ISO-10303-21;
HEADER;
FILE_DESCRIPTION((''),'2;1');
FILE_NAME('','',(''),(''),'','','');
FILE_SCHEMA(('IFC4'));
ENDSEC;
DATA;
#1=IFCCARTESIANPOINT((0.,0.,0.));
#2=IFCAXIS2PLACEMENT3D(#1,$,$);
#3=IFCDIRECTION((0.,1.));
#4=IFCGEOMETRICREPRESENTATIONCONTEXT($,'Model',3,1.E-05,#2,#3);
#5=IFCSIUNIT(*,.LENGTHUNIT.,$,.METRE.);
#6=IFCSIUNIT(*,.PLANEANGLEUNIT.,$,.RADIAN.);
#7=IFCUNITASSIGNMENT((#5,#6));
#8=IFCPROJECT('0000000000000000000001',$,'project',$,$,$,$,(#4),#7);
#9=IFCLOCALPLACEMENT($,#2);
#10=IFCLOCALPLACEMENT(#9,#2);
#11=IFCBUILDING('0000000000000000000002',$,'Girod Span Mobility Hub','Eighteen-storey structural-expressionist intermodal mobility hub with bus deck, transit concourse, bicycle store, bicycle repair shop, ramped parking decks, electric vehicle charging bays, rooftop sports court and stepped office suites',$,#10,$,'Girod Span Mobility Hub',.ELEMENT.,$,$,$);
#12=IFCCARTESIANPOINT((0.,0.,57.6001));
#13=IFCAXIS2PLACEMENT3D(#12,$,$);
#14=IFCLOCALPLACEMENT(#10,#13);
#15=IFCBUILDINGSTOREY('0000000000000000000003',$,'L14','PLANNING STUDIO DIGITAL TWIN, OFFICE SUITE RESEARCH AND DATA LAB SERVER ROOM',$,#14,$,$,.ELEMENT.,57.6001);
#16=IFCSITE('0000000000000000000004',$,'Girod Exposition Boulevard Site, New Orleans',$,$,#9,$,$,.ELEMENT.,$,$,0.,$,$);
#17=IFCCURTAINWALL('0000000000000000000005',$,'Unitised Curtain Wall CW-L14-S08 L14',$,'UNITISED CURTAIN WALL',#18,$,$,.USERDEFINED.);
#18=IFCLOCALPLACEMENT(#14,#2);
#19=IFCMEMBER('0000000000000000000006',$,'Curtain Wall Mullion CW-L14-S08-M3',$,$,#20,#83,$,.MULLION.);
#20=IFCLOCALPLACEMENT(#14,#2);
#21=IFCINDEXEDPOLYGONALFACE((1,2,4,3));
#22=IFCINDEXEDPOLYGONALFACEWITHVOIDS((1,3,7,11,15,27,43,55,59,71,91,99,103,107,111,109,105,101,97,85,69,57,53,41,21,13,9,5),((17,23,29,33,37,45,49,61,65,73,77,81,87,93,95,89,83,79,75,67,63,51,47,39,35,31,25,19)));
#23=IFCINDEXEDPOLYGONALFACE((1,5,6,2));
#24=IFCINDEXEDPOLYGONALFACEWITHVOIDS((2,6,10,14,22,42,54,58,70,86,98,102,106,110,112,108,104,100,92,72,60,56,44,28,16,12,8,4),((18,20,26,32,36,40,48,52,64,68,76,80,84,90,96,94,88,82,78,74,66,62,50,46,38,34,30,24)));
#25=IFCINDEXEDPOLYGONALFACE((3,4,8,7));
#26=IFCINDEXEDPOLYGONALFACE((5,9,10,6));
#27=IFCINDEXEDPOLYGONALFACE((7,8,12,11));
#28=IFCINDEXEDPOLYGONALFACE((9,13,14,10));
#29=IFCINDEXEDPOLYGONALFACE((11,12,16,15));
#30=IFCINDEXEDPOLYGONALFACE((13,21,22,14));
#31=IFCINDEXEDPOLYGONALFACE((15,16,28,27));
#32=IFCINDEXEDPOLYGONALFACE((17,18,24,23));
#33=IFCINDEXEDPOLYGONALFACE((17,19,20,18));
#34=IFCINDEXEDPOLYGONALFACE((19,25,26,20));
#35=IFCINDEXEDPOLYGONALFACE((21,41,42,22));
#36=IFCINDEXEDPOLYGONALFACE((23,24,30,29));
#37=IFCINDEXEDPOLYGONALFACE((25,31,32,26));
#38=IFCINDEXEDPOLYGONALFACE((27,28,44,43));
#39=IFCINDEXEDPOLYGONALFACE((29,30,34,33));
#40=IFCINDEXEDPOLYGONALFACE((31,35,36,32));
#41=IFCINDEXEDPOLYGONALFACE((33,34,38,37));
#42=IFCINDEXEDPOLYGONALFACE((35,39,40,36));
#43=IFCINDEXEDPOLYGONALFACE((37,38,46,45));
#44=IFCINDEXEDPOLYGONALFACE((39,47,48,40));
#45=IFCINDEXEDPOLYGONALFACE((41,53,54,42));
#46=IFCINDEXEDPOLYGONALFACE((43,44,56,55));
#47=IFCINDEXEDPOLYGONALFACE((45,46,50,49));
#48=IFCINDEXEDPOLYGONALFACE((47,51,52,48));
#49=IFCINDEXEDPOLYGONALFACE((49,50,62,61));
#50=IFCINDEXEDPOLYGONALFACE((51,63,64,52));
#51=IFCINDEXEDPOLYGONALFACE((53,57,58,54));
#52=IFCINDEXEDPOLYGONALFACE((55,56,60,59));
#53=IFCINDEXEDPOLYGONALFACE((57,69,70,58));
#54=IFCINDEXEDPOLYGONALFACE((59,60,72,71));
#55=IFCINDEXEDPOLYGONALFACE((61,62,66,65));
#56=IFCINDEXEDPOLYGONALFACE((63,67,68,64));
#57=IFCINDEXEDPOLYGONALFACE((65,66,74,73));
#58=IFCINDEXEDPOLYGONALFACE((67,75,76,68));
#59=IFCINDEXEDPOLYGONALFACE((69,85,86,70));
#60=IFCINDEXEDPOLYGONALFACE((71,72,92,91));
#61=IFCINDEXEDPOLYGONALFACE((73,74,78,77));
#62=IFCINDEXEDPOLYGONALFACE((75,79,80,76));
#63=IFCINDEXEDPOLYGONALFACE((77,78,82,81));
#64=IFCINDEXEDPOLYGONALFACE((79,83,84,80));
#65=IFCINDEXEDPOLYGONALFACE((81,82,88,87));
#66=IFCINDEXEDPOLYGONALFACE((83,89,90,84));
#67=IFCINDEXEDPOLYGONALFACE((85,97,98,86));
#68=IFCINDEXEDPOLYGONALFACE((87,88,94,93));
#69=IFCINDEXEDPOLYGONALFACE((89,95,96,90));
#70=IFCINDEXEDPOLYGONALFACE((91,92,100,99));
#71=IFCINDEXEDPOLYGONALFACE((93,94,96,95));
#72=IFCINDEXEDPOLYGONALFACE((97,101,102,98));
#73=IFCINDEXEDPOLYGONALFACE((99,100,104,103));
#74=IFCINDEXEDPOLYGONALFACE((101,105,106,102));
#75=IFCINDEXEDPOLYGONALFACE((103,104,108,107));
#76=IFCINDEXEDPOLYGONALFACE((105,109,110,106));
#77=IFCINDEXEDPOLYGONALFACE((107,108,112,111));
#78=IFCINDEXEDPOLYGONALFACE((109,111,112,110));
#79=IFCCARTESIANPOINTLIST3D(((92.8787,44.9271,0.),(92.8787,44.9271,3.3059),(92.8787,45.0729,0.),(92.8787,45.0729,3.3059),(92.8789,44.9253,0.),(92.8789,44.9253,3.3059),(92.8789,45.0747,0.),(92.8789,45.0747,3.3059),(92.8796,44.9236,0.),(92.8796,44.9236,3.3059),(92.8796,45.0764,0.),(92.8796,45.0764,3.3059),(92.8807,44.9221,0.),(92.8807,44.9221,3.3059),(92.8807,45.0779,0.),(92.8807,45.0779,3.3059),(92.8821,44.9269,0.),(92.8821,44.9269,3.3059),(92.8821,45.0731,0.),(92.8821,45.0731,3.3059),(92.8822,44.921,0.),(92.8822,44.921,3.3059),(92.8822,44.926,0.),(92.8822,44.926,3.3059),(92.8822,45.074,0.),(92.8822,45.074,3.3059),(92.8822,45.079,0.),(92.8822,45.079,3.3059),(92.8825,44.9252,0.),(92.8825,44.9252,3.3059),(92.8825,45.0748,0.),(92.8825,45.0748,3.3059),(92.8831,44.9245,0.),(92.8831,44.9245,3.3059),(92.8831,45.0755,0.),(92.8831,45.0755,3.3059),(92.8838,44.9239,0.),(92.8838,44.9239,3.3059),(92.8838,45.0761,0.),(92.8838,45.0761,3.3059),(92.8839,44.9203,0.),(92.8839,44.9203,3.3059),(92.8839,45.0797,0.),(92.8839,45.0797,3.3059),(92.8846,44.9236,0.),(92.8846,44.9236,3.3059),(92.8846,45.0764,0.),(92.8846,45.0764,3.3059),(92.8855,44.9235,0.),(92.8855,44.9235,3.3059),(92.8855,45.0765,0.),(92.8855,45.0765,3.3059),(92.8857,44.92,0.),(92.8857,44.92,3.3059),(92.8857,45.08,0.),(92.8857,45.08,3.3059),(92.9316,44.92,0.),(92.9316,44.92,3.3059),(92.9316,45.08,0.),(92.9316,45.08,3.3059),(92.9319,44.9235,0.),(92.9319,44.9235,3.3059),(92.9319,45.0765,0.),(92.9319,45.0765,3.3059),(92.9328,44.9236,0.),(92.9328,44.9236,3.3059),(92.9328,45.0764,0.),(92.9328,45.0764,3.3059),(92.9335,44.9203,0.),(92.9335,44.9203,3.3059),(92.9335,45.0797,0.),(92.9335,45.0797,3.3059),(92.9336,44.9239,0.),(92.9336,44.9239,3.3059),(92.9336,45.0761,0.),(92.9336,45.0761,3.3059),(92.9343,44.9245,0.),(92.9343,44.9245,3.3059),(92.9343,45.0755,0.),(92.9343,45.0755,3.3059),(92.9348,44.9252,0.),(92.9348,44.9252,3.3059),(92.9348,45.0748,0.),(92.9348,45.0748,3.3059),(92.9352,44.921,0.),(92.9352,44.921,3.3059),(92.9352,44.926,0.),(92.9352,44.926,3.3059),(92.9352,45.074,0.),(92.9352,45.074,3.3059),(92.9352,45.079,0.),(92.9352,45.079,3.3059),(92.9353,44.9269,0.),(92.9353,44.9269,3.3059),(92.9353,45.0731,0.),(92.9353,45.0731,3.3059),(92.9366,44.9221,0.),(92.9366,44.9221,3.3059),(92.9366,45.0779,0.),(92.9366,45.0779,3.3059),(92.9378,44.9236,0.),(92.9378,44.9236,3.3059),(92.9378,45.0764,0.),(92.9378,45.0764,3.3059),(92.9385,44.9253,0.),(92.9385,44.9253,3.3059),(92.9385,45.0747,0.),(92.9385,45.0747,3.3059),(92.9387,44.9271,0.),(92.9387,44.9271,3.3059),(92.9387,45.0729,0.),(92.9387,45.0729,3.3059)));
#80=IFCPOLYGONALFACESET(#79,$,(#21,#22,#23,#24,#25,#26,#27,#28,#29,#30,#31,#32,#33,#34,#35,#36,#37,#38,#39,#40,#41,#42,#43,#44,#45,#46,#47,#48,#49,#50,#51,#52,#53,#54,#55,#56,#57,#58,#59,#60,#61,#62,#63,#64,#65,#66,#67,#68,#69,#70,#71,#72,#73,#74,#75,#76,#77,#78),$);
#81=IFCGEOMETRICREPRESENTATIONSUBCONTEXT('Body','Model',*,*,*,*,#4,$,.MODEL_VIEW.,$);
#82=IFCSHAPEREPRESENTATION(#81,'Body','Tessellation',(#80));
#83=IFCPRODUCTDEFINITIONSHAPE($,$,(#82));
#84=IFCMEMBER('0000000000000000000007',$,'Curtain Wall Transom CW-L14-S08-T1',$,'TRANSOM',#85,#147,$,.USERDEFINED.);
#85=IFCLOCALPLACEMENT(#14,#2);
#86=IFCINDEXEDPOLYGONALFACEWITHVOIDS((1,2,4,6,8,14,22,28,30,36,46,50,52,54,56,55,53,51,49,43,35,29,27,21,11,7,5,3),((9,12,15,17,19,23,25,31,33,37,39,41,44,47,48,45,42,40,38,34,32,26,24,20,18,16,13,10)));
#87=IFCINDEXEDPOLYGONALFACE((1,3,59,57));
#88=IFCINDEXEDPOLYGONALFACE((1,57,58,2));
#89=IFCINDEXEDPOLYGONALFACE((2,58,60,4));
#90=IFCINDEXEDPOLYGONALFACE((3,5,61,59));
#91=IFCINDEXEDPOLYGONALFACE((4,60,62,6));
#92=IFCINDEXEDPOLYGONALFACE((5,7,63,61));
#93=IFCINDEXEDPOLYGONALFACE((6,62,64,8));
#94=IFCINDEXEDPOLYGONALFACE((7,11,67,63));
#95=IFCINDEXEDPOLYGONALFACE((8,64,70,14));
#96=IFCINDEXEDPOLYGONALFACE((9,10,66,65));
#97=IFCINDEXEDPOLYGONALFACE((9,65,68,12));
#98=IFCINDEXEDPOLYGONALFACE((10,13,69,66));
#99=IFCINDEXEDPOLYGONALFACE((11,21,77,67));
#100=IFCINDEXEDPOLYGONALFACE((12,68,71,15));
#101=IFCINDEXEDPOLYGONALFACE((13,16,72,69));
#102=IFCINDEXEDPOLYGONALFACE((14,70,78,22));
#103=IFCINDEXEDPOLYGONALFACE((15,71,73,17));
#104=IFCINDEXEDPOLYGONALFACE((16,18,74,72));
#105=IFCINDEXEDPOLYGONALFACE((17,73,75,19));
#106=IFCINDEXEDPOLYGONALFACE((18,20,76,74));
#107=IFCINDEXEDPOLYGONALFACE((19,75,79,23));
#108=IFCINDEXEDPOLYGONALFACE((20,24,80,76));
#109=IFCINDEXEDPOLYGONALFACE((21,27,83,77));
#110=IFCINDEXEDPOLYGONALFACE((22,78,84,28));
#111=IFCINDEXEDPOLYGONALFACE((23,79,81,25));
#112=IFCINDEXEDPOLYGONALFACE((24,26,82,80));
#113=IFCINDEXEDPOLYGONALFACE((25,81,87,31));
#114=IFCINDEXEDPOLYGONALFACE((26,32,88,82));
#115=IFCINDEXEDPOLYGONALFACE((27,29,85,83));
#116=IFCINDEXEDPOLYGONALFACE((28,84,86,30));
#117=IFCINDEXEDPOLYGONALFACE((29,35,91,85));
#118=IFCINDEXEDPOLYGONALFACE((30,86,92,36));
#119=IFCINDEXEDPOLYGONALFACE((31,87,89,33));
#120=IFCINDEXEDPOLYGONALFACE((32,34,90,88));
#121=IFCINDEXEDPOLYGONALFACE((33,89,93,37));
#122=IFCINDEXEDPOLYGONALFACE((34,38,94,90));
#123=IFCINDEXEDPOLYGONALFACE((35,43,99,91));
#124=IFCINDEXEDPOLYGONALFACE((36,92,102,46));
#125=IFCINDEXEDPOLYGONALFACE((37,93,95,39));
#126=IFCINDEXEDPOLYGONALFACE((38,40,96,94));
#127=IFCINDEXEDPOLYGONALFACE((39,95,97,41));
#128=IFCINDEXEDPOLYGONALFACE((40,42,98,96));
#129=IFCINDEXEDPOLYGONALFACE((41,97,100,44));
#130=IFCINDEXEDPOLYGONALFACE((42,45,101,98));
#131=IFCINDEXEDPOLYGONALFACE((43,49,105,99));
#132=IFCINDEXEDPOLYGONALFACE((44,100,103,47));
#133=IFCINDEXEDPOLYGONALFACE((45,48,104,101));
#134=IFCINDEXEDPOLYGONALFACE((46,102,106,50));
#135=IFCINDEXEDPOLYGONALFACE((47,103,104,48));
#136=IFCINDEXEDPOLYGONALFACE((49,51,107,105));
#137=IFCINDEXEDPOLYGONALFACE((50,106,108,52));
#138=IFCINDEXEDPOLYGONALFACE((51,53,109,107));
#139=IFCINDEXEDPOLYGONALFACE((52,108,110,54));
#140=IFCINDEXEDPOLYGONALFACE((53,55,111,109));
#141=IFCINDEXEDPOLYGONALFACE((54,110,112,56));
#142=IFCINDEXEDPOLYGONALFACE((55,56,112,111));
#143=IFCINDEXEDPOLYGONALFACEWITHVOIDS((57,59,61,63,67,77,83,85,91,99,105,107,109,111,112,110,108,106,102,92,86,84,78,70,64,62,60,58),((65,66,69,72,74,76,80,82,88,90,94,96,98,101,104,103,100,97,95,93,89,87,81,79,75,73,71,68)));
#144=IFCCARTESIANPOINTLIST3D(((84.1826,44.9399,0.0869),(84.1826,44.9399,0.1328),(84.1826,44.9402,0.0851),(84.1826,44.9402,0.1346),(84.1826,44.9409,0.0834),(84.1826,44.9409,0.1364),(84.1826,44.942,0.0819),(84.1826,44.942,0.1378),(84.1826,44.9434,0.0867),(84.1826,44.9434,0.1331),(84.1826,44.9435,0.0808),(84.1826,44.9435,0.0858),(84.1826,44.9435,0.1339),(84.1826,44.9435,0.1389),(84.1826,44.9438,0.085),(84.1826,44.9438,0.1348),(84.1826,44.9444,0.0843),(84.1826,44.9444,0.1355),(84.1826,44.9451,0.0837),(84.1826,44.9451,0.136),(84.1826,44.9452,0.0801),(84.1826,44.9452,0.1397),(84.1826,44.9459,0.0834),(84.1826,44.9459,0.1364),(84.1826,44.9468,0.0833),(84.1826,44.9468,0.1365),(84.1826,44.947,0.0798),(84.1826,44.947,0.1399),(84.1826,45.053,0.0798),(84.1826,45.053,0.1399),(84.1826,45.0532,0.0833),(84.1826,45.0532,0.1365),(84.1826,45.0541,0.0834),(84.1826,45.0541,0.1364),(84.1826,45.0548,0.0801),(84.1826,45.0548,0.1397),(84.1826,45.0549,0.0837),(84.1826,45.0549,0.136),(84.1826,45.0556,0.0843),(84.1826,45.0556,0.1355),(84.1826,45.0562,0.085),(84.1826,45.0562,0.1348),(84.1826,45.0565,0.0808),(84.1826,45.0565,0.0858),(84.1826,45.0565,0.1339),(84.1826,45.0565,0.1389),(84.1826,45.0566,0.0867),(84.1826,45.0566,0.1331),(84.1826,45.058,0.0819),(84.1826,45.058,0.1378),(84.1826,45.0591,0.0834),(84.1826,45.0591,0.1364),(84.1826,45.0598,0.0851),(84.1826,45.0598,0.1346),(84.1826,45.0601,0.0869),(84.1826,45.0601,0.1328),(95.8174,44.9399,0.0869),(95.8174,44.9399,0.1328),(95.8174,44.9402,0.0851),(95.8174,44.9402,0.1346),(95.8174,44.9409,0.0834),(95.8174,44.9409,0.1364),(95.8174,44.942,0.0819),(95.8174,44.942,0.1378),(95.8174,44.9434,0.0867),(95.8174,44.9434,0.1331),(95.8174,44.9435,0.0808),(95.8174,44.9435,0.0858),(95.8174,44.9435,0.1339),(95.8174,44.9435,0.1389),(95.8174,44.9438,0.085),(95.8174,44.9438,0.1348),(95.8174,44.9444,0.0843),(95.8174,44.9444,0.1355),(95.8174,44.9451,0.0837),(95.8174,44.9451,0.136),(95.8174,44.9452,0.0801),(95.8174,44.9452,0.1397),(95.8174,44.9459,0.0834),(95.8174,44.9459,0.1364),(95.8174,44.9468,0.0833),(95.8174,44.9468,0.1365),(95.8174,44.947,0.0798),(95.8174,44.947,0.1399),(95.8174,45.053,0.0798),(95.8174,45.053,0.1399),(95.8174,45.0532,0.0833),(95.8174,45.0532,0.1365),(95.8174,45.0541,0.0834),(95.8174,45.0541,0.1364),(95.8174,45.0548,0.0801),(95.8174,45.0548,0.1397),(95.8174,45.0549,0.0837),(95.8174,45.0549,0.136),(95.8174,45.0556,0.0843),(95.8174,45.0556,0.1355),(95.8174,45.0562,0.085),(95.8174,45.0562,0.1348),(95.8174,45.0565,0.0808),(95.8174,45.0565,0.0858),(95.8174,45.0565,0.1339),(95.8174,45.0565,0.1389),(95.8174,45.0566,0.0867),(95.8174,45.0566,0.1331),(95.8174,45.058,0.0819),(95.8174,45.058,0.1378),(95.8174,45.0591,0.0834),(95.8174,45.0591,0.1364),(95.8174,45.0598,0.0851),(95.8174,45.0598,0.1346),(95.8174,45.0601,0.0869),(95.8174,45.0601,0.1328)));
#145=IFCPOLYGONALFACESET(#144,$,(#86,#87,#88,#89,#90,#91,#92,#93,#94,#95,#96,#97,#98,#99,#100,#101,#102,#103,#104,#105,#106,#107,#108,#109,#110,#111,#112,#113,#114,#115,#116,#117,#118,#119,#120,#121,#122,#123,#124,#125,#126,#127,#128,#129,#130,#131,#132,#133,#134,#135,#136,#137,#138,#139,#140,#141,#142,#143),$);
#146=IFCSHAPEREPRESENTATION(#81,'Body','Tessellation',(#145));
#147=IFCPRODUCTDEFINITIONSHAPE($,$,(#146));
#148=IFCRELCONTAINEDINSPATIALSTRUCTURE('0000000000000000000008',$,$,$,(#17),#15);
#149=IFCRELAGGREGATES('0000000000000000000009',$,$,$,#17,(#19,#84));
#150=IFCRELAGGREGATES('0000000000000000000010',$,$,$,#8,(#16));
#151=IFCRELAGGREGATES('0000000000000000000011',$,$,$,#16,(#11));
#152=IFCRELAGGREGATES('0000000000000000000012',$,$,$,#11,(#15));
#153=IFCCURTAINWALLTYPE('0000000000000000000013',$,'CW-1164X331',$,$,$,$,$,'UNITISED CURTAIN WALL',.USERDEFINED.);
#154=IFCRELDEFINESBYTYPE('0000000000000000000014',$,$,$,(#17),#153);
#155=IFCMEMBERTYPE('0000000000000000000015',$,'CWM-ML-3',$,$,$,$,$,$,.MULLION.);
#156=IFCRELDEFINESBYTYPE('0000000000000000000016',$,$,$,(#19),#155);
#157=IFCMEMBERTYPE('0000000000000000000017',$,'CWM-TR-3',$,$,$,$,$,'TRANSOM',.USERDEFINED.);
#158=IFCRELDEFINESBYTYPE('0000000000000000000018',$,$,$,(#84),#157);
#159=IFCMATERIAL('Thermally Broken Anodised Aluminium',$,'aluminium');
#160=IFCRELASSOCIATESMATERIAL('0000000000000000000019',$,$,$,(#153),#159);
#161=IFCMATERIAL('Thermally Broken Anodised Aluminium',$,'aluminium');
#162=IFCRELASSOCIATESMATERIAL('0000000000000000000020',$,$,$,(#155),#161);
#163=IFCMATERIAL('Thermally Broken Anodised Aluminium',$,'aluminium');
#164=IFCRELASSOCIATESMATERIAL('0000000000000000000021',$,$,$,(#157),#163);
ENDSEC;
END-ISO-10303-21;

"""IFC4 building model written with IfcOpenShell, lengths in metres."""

from ifc_helpers import new_model, si_unit, direction, frame, origin, origin_2d, place, context, subcontext, project, spatial, hollow_rectangle, extrude, material, material_profile, profile_set, type_object, element, aggregate, save


model = new_model("IFC4")

# Units and contexts
model_context = context("Model", 3, precision=1e-05, world=origin(), true_north=direction((0.0, 1.0)))
body_context = subcontext(model_context, "Body", "Model", "MODEL_VIEW")
ifc_project = project(units=[si_unit("LENGTHUNIT", "METRE"), si_unit("PLANEANGLEUNIT", "RADIAN")], contexts=[model_context])

# Site, building, storey
site_placement = place(None, origin())
site = spatial("IfcSite", under=ifc_project, at=site_placement, Name="Girod Exposition Boulevard Site, New Orleans", CompositionType="ELEMENT", RefElevation=0.0)
building_placement = place(site_placement, origin())
building = spatial("IfcBuilding", under=site, at=building_placement, Name="Girod Span Mobility Hub", Description="Eighteen-storey structural-expressionist intermodal mobility hub with bus deck, transit concourse, bicycle store, bicycle repair shop, ramped parking decks, electric vehicle charging bays, rooftop sports court and stepped office suites", LongName="Girod Span Mobility Hub", CompositionType="ELEMENT")
storey_placement = place(building_placement, frame((0.0, 0.0, 57.6001)))
storey = spatial("IfcBuildingStorey", under=building, at=storey_placement, Name="L14", Description="PLANNING STUDIO DIGITAL TWIN, OFFICE SUITE RESEARCH AND DATA LAB SERVER ROOM", CompositionType="ELEMENT", Elevation=57.6001)

# Shared definitions
ifc_material_1 = material(Name="Thermally Broken Anodised Aluminium", Category="aluminium")
curtain_wall_type = type_object("IfcCurtainWallType", Name="CW-1164X331", ElementType="UNITISED CURTAIN WALL", PredefinedType="USERDEFINED", material=ifc_material_1)
ifc_material_2 = material(Name="Thermally Broken Anodised Aluminium", Category="aluminium")
ifc_material_profile_1 = material_profile(ifc_material_2, hollow_rectangle(XDim=0.1599, YDim=0.0601, WallThickness=0.0034, InnerFilletRadius=0.0034, OuterFilletRadius=0.0071, at=origin_2d()), Name="CW-ML-60X160")
ifc_profile_set_1 = profile_set([ifc_material_profile_1], Name="Thermally Broken Anodised Aluminium")
member_type_1 = type_object("IfcMemberType", Name="CWM-ML-3", PredefinedType="MULLION", material=ifc_profile_set_1)

# Curtain wall, members
curtain_wall_1_placement = place(storey_placement, origin())
curtain_wall_1 = element("IfcCurtainWall", 1, at=curtain_wall_1_placement, inside=storey, type_object=curtain_wall_type, Name="Unitised Curtain Wall CW-L14-S08 L14", ObjectType="UNITISED CURTAIN WALL", PredefinedType="USERDEFINED")
member_1_placement = place(storey_placement, frame((92.9087, 45.0, 0.0), z_axis=(0.0, 0.0, 1.0), x_axis=(0.0, 1.0, 0.0)))
member_1 = element("IfcMember", 2, at=member_1_placement, type_object=member_type_1, Name="Curtain Wall Mullion CW-L14-S08-M3", PredefinedType="MULLION", context=body_context, shape_type="SweptSolid", body=[
    extrude(hollow_rectangle(XDim=0.1599, YDim=0.0601, WallThickness=0.0034, InnerFilletRadius=0.0034, OuterFilletRadius=0.0071, at=origin_2d()), origin(), (0.0, 0.0, 1.0), 3.3059),
])
ifc_material_3 = material(Name="Thermally Broken Anodised Aluminium", Category="aluminium")
ifc_material_profile_2 = material_profile(ifc_material_3, hollow_rectangle(XDim=0.1201, YDim=0.0601, WallThickness=0.0034, InnerFilletRadius=0.0034, OuterFilletRadius=0.0071, at=origin_2d()), Name="CW-TR-60X120")
ifc_profile_set_2 = profile_set([ifc_material_profile_2], Name="Thermally Broken Anodised Aluminium")
member_type_2 = type_object("IfcMemberType", Name="CWM-TR-3", ElementType="TRANSOM", PredefinedType="USERDEFINED", material=ifc_profile_set_2)
member_2_placement = place(storey_placement, frame((84.1826, 45.0, 0.1099), z_axis=(1.0, 0.0, 0.0), x_axis=(0.0, 1.0, 0.0)))
member_2 = element("IfcMember", 3, at=member_2_placement, type_object=member_type_2, Name="Curtain Wall Transom CW-L14-S08-T1", ObjectType="TRANSOM", PredefinedType="USERDEFINED", context=body_context, shape_type="SweptSolid", body=[
    extrude(hollow_rectangle(XDim=0.1201, YDim=0.0601, WallThickness=0.0034, InnerFilletRadius=0.0034, OuterFilletRadius=0.0071, at=origin_2d()), origin(), (0.0, 0.0, 1.0), 11.6348),
])

aggregate(curtain_wall_1, [member_1, member_2])

save(model, "model.ifc")
